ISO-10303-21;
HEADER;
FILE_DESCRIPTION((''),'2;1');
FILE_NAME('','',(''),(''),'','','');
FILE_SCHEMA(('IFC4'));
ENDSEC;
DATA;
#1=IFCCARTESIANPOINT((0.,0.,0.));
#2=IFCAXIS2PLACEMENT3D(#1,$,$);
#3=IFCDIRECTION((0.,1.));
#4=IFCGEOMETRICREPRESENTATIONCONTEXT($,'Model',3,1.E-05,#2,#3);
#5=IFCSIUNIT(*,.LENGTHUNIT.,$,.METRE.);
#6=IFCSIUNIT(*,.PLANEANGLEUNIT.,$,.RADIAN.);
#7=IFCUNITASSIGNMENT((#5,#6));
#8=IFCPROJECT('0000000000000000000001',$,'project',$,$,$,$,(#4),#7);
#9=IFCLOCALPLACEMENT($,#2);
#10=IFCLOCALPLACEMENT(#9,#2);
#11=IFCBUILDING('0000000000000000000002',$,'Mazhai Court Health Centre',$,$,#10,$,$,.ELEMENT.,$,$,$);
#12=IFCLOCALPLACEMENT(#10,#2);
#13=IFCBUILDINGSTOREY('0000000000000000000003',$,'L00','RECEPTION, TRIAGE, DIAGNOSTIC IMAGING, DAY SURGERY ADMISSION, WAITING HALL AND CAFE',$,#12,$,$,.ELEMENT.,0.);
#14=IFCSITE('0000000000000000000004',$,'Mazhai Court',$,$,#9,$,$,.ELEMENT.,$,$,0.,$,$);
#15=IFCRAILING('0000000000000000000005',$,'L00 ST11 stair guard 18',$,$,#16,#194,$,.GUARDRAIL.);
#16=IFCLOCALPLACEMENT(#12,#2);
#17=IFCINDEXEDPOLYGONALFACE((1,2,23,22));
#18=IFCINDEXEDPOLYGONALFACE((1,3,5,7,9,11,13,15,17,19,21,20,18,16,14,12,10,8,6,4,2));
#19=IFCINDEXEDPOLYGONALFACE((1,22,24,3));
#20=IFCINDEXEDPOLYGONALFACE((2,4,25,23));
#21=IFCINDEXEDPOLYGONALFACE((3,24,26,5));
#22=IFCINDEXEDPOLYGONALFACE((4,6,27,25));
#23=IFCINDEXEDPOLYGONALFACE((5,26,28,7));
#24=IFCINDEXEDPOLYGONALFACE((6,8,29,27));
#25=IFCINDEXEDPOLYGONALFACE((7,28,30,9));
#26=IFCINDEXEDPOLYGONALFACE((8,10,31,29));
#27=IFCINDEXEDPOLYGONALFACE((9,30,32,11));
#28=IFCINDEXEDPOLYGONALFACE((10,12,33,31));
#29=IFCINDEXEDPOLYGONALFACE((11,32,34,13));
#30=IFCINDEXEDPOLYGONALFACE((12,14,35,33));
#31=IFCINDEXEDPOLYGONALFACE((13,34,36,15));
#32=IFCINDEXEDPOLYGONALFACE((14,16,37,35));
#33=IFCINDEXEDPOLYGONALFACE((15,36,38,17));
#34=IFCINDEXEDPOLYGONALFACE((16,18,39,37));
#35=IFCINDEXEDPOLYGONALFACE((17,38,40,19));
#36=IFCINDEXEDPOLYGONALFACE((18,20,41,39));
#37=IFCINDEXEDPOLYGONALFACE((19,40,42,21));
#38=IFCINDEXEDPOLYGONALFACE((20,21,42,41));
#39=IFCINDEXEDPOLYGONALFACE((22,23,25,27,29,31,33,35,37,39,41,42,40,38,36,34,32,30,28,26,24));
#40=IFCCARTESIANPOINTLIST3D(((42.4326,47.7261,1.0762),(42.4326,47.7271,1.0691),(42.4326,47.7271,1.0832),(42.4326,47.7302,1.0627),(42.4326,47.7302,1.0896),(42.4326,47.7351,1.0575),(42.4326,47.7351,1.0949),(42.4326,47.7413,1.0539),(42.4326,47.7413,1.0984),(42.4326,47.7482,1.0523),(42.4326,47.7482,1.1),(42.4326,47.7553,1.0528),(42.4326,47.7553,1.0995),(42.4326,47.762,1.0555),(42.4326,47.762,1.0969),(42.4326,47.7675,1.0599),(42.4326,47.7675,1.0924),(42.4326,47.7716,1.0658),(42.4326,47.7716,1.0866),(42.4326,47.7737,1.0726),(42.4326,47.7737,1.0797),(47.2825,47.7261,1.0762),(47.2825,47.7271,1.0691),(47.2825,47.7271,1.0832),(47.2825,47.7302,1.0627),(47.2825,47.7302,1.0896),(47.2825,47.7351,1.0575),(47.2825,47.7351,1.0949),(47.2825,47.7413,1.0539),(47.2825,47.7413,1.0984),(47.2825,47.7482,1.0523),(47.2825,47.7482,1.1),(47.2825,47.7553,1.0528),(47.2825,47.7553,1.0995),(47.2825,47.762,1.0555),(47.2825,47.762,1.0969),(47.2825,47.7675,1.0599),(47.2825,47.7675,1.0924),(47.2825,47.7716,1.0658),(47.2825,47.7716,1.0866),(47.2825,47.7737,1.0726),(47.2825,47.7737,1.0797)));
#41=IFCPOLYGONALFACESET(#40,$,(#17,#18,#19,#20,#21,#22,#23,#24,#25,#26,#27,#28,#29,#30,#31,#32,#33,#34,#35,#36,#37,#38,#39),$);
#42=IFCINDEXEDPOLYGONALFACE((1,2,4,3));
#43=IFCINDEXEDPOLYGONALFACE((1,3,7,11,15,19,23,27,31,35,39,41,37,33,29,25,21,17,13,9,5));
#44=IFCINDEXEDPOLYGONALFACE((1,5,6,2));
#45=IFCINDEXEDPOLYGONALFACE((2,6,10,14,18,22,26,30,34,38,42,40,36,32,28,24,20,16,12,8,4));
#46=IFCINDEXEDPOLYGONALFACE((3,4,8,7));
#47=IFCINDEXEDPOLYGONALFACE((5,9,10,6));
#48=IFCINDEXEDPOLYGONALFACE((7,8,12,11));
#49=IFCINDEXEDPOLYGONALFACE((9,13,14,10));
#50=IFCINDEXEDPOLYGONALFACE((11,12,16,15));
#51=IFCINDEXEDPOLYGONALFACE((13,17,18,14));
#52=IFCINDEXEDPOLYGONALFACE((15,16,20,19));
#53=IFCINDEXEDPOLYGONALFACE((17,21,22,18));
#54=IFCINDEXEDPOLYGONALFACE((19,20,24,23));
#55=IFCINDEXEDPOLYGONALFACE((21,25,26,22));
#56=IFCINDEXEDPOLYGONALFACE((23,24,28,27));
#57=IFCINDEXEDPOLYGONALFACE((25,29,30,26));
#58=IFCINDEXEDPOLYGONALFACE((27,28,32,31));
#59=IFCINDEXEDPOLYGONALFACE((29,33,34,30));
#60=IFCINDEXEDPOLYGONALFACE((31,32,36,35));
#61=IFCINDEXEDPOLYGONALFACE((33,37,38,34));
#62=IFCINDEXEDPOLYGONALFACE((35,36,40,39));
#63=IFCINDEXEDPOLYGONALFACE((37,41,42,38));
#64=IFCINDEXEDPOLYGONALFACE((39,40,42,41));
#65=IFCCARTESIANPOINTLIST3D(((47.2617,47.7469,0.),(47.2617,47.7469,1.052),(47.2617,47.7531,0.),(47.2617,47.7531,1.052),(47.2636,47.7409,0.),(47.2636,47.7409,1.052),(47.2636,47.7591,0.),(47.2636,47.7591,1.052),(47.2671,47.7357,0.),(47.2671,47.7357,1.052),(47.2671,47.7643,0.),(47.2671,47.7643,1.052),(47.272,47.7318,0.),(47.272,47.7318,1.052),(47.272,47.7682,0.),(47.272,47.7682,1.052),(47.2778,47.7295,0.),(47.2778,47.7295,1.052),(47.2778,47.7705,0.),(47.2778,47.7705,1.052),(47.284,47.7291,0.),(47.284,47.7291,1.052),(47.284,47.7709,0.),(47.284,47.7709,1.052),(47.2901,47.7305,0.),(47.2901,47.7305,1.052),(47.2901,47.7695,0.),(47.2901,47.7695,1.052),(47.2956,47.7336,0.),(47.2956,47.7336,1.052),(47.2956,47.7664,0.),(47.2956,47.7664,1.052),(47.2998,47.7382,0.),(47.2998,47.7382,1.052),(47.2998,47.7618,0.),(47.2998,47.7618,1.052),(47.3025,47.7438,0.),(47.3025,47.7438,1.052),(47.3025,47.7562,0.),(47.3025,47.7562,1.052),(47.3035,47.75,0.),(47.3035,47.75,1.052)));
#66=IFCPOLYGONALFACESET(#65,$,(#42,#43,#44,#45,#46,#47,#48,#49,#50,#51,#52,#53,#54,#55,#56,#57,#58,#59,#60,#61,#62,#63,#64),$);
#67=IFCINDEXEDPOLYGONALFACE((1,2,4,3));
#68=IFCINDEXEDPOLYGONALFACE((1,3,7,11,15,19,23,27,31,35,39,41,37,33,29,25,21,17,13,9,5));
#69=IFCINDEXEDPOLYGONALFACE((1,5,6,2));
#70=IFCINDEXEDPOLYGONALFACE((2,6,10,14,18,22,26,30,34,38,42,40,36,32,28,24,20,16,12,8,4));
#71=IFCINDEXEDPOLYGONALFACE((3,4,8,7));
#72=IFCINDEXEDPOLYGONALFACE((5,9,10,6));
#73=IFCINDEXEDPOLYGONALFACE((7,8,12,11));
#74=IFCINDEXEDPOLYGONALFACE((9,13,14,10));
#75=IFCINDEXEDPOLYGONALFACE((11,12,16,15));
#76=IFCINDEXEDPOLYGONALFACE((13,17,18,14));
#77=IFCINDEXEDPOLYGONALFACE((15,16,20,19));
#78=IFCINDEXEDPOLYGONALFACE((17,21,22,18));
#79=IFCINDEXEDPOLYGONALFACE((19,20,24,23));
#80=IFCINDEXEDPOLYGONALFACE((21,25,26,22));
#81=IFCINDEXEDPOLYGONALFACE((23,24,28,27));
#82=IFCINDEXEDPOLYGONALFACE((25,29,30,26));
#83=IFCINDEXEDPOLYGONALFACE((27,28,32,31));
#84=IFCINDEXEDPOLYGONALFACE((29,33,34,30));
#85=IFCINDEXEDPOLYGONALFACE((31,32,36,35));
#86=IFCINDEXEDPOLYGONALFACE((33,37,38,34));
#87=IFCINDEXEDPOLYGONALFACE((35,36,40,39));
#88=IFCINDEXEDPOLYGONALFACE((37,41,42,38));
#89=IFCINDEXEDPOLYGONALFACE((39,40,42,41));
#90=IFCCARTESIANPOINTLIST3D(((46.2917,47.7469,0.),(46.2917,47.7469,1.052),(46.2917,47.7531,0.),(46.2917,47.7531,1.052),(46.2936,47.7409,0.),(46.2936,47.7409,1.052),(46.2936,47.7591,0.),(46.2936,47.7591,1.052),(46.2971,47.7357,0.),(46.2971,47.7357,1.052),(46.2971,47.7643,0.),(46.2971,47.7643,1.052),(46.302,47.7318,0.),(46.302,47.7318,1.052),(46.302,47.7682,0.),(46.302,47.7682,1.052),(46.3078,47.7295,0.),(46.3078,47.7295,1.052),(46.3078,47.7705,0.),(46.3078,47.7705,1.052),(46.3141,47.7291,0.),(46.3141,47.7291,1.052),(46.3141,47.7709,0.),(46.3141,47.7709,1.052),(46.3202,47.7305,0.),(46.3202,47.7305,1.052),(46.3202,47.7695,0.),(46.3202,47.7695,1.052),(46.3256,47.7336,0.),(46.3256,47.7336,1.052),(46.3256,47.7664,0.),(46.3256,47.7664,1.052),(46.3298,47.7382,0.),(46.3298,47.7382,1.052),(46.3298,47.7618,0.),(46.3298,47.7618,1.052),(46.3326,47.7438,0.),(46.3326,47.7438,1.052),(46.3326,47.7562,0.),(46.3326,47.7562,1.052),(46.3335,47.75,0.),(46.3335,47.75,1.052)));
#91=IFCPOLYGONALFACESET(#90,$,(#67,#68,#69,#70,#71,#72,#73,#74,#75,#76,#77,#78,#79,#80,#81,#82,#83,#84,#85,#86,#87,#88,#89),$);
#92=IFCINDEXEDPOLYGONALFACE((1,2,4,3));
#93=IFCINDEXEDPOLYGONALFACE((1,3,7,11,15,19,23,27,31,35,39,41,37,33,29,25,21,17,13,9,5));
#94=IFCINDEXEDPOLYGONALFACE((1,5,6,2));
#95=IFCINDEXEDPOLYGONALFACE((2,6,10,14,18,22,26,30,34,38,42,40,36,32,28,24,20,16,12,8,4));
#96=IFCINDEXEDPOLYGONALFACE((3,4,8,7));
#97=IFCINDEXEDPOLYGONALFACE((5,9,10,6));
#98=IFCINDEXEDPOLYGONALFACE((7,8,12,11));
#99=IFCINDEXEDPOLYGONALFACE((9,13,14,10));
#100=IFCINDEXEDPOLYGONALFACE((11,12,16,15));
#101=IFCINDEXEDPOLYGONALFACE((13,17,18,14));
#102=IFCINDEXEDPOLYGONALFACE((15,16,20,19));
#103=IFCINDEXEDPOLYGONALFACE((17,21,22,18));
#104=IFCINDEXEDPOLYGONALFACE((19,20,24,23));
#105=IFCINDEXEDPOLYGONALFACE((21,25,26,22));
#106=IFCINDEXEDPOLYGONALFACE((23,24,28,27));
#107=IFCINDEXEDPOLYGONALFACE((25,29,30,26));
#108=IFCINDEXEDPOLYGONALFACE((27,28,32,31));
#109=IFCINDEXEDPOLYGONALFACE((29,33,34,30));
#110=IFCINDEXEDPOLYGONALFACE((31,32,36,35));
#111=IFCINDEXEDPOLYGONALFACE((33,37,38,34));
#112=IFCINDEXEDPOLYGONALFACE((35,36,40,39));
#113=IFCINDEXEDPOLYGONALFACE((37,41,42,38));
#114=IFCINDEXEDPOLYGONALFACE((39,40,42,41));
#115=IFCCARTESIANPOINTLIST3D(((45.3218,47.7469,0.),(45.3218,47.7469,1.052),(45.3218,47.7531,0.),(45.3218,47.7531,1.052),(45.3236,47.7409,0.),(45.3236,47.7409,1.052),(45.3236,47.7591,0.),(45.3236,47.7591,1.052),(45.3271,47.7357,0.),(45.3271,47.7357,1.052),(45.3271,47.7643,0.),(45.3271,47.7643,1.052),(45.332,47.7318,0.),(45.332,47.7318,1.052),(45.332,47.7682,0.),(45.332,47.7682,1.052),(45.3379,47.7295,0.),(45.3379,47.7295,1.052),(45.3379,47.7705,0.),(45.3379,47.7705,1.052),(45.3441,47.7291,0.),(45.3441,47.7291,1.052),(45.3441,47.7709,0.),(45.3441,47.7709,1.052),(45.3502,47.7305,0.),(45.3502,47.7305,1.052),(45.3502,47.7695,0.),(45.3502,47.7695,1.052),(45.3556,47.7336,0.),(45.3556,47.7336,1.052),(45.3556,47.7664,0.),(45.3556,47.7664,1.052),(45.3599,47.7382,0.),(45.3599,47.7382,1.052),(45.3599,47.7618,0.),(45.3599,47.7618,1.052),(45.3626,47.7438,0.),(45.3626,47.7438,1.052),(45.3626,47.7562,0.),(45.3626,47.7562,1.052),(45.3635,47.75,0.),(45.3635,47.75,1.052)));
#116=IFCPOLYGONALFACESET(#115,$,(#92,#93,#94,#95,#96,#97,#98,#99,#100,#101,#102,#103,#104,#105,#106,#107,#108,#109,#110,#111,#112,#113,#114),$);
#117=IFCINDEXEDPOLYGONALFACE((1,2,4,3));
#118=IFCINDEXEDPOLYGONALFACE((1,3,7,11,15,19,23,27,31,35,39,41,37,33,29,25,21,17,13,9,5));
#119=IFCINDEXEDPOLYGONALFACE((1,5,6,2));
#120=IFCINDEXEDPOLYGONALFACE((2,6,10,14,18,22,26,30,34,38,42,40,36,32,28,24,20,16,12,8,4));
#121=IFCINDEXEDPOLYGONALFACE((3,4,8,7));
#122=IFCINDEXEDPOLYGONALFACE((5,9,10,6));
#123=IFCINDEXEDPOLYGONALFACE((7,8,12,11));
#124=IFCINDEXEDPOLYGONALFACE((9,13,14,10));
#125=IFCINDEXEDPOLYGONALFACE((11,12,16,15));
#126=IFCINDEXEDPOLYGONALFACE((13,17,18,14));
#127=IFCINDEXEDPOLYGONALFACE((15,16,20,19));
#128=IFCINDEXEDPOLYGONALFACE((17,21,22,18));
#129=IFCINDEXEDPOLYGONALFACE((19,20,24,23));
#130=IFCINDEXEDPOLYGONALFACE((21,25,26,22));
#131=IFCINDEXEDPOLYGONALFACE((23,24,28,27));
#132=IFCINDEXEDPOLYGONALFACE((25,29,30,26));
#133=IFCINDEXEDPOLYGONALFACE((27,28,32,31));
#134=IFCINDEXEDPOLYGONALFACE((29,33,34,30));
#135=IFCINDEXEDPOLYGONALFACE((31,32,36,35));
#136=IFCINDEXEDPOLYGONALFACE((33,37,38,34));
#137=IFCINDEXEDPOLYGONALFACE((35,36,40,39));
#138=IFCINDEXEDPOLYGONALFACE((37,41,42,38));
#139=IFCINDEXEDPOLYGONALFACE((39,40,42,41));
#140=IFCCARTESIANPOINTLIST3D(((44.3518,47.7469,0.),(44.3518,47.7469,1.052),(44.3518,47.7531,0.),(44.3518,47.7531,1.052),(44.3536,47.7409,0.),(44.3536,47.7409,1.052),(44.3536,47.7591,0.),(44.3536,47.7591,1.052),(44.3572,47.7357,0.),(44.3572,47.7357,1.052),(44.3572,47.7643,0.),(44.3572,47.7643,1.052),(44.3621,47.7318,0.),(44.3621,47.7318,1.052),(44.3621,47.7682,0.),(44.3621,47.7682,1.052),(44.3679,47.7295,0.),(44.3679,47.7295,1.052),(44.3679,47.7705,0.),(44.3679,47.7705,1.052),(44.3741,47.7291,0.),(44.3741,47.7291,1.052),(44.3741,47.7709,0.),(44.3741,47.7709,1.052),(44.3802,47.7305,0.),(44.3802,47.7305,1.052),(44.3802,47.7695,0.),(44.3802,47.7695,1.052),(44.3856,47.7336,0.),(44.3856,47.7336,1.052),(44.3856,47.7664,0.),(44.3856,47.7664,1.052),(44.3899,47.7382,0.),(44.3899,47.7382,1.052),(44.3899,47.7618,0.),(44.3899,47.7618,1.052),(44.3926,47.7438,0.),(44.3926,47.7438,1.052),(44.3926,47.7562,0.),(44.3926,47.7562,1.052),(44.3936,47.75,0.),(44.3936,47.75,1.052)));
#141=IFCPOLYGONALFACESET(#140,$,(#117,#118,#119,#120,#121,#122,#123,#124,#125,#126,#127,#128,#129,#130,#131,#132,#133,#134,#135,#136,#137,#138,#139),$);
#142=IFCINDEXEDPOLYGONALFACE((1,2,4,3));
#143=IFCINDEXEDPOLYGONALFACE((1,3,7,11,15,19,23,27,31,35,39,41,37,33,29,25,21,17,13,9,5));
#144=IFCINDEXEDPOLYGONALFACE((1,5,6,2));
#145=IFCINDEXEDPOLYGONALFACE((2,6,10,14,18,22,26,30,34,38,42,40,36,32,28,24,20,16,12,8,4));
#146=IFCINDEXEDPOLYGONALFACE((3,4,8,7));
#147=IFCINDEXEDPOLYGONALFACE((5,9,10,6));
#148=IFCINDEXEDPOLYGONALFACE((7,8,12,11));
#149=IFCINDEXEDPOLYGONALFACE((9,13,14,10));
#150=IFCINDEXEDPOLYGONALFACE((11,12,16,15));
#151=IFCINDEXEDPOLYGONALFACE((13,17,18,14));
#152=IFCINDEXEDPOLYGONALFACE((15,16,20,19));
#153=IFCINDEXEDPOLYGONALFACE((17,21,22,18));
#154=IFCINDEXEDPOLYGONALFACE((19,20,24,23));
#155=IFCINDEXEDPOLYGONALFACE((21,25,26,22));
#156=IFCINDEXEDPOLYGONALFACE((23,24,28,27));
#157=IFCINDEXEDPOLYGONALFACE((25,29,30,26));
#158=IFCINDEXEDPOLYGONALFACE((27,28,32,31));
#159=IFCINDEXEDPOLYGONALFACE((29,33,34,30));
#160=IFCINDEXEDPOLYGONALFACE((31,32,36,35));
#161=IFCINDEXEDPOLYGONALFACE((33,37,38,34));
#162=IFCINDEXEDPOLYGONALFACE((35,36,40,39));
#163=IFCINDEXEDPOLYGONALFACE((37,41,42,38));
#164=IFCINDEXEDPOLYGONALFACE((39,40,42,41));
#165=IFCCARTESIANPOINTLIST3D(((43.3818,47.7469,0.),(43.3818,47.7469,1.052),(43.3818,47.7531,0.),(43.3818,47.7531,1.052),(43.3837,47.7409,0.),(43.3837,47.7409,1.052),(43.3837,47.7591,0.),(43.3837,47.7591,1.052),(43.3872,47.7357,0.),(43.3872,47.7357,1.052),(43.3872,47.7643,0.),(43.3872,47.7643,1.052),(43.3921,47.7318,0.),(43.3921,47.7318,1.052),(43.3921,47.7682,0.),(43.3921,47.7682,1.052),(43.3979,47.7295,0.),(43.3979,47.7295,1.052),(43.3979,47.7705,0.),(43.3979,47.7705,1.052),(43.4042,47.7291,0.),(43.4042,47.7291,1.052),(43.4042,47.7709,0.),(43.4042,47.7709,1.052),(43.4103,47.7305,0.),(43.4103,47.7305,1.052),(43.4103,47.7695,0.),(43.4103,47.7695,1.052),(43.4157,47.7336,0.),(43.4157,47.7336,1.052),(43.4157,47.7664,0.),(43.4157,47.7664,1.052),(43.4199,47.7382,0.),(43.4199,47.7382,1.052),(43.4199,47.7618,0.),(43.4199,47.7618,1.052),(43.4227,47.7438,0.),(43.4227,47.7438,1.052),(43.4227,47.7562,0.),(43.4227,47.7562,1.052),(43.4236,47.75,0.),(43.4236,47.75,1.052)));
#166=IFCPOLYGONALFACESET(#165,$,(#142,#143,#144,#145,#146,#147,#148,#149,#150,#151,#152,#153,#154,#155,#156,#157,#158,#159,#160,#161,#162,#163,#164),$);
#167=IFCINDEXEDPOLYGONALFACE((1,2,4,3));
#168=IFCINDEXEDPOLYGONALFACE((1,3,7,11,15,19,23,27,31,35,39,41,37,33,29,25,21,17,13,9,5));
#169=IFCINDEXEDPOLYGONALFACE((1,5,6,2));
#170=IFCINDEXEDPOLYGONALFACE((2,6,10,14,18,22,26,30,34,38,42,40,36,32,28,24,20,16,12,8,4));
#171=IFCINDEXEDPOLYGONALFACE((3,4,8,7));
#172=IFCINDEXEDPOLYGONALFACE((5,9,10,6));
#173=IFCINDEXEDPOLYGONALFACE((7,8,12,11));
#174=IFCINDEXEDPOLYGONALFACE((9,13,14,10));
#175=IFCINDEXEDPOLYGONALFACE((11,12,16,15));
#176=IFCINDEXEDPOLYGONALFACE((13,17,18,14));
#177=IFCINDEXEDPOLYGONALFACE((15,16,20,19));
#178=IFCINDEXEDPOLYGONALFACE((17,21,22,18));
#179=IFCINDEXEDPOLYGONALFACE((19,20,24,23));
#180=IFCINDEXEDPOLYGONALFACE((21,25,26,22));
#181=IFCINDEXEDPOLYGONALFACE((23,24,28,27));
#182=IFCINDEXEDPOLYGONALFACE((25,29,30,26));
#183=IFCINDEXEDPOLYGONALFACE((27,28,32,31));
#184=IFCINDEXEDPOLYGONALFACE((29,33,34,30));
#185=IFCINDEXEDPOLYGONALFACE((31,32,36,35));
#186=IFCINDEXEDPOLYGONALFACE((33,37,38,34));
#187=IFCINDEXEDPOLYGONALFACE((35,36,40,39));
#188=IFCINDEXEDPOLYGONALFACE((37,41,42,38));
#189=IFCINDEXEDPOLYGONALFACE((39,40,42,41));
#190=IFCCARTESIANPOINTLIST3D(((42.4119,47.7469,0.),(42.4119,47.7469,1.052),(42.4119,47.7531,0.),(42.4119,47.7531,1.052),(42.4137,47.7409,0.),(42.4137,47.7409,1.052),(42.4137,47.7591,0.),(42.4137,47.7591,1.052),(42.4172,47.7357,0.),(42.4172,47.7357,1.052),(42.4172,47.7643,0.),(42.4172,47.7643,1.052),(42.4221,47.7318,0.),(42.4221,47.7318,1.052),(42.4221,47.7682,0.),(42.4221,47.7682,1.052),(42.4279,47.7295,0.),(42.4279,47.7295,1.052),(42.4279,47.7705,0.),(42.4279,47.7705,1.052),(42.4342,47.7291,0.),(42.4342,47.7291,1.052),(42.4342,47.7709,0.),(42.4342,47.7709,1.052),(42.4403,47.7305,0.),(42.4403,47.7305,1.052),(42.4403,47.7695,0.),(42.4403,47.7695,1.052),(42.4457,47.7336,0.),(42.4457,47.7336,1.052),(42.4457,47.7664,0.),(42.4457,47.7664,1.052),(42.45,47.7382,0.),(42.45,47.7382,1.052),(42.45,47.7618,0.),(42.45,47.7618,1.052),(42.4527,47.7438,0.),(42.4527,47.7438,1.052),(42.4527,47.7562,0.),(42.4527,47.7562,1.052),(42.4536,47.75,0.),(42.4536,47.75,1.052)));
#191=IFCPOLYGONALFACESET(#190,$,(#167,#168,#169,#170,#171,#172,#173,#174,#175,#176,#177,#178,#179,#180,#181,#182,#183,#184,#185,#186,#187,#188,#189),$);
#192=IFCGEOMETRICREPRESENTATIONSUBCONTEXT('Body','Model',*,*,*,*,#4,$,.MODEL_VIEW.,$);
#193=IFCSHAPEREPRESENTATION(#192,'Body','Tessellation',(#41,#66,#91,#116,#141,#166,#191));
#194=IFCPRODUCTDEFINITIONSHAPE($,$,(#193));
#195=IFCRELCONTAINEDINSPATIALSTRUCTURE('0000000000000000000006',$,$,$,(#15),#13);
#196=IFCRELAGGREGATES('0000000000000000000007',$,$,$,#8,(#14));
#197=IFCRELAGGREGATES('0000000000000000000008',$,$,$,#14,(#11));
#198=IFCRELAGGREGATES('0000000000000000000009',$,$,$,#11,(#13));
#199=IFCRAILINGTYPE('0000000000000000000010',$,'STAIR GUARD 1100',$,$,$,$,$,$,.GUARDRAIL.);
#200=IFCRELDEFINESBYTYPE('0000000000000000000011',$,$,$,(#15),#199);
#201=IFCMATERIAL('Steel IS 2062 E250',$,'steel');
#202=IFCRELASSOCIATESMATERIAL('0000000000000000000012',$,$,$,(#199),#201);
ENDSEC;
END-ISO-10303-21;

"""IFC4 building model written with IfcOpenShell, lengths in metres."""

from ifc_helpers import new_model, si_unit, direction, frame, origin, origin_2d, place, context, subcontext, project, spatial, circle, extrude, material, type_object, element, save


model = new_model("IFC4")

# Units and contexts
model_context = context("Model", 3, precision=1e-05, world=origin(), true_north=direction((0.0, 1.0)))
body_context = subcontext(model_context, "Body", "Model", "MODEL_VIEW")
ifc_project = project(units=[si_unit("LENGTHUNIT", "METRE"), si_unit("PLANEANGLEUNIT", "RADIAN")], contexts=[model_context])

# Site, building, storey
site_placement = place(None, origin())
site = spatial("IfcSite", under=ifc_project, at=site_placement, Name="Mazhai Court", CompositionType="ELEMENT", RefElevation=0.0)
building_placement = place(site_placement, origin())
building = spatial("IfcBuilding", under=site, at=building_placement, Name="Mazhai Court Health Centre", CompositionType="ELEMENT")
storey_placement = place(building_placement, origin())
storey = spatial("IfcBuildingStorey", under=building, at=storey_placement, Name="L00", Description="RECEPTION, TRIAGE, DIAGNOSTIC IMAGING, DAY SURGERY ADMISSION, WAITING HALL AND CAFE", CompositionType="ELEMENT", Elevation=0.0)

# Railing
ifc_material_1 = material(Name="Steel IS 2062 E250", Category="steel")
railing_type_1 = type_object("IfcRailingType", Name="STAIR GUARD 1100", PredefinedType="GUARDRAIL", material=ifc_material_1)
railing_1_placement = place(storey_placement, frame((47.2825, 47.75, 0.0)))
element("IfcRailing", 1, at=railing_1_placement, inside=storey, type_object=railing_type_1, Name="L00 ST11 stair guard 18", PredefinedType="GUARDRAIL", context=body_context, shape_type="SweptSolid", body=[
    extrude(circle(Radius=0.0239, at=origin_2d()), frame((0.0, 0.0, 1.0762), z_axis=(-1.0, 0.0, 0.0), x_axis=(0.0, -1.0, 0.0)), (0.0, 0.0, 1.0), 4.8499),
    extrude(circle(Radius=0.021, at=origin_2d()), origin(), (0.0, 0.0, 1.0), 1.052),
    extrude(circle(Radius=0.021, at=origin_2d()), frame((-0.97, 0.0, 0.0)), (0.0, 0.0, 1.0), 1.052),
    extrude(circle(Radius=0.021, at=origin_2d()), frame((-1.9399, 0.0, 0.0)), (0.0, 0.0, 1.0), 1.052),
    extrude(circle(Radius=0.021, at=origin_2d()), frame((-2.9099, 0.0, 0.0)), (0.0, 0.0, 1.0), 1.052),
    extrude(circle(Radius=0.021, at=origin_2d()), frame((-3.8799, 0.0, 0.0)), (0.0, 0.0, 1.0), 1.052),
    extrude(circle(Radius=0.021, at=origin_2d()), frame((-4.8499, 0.0, 0.0)), (0.0, 0.0, 1.0), 1.052),
])

save(model, "model.ifc")
